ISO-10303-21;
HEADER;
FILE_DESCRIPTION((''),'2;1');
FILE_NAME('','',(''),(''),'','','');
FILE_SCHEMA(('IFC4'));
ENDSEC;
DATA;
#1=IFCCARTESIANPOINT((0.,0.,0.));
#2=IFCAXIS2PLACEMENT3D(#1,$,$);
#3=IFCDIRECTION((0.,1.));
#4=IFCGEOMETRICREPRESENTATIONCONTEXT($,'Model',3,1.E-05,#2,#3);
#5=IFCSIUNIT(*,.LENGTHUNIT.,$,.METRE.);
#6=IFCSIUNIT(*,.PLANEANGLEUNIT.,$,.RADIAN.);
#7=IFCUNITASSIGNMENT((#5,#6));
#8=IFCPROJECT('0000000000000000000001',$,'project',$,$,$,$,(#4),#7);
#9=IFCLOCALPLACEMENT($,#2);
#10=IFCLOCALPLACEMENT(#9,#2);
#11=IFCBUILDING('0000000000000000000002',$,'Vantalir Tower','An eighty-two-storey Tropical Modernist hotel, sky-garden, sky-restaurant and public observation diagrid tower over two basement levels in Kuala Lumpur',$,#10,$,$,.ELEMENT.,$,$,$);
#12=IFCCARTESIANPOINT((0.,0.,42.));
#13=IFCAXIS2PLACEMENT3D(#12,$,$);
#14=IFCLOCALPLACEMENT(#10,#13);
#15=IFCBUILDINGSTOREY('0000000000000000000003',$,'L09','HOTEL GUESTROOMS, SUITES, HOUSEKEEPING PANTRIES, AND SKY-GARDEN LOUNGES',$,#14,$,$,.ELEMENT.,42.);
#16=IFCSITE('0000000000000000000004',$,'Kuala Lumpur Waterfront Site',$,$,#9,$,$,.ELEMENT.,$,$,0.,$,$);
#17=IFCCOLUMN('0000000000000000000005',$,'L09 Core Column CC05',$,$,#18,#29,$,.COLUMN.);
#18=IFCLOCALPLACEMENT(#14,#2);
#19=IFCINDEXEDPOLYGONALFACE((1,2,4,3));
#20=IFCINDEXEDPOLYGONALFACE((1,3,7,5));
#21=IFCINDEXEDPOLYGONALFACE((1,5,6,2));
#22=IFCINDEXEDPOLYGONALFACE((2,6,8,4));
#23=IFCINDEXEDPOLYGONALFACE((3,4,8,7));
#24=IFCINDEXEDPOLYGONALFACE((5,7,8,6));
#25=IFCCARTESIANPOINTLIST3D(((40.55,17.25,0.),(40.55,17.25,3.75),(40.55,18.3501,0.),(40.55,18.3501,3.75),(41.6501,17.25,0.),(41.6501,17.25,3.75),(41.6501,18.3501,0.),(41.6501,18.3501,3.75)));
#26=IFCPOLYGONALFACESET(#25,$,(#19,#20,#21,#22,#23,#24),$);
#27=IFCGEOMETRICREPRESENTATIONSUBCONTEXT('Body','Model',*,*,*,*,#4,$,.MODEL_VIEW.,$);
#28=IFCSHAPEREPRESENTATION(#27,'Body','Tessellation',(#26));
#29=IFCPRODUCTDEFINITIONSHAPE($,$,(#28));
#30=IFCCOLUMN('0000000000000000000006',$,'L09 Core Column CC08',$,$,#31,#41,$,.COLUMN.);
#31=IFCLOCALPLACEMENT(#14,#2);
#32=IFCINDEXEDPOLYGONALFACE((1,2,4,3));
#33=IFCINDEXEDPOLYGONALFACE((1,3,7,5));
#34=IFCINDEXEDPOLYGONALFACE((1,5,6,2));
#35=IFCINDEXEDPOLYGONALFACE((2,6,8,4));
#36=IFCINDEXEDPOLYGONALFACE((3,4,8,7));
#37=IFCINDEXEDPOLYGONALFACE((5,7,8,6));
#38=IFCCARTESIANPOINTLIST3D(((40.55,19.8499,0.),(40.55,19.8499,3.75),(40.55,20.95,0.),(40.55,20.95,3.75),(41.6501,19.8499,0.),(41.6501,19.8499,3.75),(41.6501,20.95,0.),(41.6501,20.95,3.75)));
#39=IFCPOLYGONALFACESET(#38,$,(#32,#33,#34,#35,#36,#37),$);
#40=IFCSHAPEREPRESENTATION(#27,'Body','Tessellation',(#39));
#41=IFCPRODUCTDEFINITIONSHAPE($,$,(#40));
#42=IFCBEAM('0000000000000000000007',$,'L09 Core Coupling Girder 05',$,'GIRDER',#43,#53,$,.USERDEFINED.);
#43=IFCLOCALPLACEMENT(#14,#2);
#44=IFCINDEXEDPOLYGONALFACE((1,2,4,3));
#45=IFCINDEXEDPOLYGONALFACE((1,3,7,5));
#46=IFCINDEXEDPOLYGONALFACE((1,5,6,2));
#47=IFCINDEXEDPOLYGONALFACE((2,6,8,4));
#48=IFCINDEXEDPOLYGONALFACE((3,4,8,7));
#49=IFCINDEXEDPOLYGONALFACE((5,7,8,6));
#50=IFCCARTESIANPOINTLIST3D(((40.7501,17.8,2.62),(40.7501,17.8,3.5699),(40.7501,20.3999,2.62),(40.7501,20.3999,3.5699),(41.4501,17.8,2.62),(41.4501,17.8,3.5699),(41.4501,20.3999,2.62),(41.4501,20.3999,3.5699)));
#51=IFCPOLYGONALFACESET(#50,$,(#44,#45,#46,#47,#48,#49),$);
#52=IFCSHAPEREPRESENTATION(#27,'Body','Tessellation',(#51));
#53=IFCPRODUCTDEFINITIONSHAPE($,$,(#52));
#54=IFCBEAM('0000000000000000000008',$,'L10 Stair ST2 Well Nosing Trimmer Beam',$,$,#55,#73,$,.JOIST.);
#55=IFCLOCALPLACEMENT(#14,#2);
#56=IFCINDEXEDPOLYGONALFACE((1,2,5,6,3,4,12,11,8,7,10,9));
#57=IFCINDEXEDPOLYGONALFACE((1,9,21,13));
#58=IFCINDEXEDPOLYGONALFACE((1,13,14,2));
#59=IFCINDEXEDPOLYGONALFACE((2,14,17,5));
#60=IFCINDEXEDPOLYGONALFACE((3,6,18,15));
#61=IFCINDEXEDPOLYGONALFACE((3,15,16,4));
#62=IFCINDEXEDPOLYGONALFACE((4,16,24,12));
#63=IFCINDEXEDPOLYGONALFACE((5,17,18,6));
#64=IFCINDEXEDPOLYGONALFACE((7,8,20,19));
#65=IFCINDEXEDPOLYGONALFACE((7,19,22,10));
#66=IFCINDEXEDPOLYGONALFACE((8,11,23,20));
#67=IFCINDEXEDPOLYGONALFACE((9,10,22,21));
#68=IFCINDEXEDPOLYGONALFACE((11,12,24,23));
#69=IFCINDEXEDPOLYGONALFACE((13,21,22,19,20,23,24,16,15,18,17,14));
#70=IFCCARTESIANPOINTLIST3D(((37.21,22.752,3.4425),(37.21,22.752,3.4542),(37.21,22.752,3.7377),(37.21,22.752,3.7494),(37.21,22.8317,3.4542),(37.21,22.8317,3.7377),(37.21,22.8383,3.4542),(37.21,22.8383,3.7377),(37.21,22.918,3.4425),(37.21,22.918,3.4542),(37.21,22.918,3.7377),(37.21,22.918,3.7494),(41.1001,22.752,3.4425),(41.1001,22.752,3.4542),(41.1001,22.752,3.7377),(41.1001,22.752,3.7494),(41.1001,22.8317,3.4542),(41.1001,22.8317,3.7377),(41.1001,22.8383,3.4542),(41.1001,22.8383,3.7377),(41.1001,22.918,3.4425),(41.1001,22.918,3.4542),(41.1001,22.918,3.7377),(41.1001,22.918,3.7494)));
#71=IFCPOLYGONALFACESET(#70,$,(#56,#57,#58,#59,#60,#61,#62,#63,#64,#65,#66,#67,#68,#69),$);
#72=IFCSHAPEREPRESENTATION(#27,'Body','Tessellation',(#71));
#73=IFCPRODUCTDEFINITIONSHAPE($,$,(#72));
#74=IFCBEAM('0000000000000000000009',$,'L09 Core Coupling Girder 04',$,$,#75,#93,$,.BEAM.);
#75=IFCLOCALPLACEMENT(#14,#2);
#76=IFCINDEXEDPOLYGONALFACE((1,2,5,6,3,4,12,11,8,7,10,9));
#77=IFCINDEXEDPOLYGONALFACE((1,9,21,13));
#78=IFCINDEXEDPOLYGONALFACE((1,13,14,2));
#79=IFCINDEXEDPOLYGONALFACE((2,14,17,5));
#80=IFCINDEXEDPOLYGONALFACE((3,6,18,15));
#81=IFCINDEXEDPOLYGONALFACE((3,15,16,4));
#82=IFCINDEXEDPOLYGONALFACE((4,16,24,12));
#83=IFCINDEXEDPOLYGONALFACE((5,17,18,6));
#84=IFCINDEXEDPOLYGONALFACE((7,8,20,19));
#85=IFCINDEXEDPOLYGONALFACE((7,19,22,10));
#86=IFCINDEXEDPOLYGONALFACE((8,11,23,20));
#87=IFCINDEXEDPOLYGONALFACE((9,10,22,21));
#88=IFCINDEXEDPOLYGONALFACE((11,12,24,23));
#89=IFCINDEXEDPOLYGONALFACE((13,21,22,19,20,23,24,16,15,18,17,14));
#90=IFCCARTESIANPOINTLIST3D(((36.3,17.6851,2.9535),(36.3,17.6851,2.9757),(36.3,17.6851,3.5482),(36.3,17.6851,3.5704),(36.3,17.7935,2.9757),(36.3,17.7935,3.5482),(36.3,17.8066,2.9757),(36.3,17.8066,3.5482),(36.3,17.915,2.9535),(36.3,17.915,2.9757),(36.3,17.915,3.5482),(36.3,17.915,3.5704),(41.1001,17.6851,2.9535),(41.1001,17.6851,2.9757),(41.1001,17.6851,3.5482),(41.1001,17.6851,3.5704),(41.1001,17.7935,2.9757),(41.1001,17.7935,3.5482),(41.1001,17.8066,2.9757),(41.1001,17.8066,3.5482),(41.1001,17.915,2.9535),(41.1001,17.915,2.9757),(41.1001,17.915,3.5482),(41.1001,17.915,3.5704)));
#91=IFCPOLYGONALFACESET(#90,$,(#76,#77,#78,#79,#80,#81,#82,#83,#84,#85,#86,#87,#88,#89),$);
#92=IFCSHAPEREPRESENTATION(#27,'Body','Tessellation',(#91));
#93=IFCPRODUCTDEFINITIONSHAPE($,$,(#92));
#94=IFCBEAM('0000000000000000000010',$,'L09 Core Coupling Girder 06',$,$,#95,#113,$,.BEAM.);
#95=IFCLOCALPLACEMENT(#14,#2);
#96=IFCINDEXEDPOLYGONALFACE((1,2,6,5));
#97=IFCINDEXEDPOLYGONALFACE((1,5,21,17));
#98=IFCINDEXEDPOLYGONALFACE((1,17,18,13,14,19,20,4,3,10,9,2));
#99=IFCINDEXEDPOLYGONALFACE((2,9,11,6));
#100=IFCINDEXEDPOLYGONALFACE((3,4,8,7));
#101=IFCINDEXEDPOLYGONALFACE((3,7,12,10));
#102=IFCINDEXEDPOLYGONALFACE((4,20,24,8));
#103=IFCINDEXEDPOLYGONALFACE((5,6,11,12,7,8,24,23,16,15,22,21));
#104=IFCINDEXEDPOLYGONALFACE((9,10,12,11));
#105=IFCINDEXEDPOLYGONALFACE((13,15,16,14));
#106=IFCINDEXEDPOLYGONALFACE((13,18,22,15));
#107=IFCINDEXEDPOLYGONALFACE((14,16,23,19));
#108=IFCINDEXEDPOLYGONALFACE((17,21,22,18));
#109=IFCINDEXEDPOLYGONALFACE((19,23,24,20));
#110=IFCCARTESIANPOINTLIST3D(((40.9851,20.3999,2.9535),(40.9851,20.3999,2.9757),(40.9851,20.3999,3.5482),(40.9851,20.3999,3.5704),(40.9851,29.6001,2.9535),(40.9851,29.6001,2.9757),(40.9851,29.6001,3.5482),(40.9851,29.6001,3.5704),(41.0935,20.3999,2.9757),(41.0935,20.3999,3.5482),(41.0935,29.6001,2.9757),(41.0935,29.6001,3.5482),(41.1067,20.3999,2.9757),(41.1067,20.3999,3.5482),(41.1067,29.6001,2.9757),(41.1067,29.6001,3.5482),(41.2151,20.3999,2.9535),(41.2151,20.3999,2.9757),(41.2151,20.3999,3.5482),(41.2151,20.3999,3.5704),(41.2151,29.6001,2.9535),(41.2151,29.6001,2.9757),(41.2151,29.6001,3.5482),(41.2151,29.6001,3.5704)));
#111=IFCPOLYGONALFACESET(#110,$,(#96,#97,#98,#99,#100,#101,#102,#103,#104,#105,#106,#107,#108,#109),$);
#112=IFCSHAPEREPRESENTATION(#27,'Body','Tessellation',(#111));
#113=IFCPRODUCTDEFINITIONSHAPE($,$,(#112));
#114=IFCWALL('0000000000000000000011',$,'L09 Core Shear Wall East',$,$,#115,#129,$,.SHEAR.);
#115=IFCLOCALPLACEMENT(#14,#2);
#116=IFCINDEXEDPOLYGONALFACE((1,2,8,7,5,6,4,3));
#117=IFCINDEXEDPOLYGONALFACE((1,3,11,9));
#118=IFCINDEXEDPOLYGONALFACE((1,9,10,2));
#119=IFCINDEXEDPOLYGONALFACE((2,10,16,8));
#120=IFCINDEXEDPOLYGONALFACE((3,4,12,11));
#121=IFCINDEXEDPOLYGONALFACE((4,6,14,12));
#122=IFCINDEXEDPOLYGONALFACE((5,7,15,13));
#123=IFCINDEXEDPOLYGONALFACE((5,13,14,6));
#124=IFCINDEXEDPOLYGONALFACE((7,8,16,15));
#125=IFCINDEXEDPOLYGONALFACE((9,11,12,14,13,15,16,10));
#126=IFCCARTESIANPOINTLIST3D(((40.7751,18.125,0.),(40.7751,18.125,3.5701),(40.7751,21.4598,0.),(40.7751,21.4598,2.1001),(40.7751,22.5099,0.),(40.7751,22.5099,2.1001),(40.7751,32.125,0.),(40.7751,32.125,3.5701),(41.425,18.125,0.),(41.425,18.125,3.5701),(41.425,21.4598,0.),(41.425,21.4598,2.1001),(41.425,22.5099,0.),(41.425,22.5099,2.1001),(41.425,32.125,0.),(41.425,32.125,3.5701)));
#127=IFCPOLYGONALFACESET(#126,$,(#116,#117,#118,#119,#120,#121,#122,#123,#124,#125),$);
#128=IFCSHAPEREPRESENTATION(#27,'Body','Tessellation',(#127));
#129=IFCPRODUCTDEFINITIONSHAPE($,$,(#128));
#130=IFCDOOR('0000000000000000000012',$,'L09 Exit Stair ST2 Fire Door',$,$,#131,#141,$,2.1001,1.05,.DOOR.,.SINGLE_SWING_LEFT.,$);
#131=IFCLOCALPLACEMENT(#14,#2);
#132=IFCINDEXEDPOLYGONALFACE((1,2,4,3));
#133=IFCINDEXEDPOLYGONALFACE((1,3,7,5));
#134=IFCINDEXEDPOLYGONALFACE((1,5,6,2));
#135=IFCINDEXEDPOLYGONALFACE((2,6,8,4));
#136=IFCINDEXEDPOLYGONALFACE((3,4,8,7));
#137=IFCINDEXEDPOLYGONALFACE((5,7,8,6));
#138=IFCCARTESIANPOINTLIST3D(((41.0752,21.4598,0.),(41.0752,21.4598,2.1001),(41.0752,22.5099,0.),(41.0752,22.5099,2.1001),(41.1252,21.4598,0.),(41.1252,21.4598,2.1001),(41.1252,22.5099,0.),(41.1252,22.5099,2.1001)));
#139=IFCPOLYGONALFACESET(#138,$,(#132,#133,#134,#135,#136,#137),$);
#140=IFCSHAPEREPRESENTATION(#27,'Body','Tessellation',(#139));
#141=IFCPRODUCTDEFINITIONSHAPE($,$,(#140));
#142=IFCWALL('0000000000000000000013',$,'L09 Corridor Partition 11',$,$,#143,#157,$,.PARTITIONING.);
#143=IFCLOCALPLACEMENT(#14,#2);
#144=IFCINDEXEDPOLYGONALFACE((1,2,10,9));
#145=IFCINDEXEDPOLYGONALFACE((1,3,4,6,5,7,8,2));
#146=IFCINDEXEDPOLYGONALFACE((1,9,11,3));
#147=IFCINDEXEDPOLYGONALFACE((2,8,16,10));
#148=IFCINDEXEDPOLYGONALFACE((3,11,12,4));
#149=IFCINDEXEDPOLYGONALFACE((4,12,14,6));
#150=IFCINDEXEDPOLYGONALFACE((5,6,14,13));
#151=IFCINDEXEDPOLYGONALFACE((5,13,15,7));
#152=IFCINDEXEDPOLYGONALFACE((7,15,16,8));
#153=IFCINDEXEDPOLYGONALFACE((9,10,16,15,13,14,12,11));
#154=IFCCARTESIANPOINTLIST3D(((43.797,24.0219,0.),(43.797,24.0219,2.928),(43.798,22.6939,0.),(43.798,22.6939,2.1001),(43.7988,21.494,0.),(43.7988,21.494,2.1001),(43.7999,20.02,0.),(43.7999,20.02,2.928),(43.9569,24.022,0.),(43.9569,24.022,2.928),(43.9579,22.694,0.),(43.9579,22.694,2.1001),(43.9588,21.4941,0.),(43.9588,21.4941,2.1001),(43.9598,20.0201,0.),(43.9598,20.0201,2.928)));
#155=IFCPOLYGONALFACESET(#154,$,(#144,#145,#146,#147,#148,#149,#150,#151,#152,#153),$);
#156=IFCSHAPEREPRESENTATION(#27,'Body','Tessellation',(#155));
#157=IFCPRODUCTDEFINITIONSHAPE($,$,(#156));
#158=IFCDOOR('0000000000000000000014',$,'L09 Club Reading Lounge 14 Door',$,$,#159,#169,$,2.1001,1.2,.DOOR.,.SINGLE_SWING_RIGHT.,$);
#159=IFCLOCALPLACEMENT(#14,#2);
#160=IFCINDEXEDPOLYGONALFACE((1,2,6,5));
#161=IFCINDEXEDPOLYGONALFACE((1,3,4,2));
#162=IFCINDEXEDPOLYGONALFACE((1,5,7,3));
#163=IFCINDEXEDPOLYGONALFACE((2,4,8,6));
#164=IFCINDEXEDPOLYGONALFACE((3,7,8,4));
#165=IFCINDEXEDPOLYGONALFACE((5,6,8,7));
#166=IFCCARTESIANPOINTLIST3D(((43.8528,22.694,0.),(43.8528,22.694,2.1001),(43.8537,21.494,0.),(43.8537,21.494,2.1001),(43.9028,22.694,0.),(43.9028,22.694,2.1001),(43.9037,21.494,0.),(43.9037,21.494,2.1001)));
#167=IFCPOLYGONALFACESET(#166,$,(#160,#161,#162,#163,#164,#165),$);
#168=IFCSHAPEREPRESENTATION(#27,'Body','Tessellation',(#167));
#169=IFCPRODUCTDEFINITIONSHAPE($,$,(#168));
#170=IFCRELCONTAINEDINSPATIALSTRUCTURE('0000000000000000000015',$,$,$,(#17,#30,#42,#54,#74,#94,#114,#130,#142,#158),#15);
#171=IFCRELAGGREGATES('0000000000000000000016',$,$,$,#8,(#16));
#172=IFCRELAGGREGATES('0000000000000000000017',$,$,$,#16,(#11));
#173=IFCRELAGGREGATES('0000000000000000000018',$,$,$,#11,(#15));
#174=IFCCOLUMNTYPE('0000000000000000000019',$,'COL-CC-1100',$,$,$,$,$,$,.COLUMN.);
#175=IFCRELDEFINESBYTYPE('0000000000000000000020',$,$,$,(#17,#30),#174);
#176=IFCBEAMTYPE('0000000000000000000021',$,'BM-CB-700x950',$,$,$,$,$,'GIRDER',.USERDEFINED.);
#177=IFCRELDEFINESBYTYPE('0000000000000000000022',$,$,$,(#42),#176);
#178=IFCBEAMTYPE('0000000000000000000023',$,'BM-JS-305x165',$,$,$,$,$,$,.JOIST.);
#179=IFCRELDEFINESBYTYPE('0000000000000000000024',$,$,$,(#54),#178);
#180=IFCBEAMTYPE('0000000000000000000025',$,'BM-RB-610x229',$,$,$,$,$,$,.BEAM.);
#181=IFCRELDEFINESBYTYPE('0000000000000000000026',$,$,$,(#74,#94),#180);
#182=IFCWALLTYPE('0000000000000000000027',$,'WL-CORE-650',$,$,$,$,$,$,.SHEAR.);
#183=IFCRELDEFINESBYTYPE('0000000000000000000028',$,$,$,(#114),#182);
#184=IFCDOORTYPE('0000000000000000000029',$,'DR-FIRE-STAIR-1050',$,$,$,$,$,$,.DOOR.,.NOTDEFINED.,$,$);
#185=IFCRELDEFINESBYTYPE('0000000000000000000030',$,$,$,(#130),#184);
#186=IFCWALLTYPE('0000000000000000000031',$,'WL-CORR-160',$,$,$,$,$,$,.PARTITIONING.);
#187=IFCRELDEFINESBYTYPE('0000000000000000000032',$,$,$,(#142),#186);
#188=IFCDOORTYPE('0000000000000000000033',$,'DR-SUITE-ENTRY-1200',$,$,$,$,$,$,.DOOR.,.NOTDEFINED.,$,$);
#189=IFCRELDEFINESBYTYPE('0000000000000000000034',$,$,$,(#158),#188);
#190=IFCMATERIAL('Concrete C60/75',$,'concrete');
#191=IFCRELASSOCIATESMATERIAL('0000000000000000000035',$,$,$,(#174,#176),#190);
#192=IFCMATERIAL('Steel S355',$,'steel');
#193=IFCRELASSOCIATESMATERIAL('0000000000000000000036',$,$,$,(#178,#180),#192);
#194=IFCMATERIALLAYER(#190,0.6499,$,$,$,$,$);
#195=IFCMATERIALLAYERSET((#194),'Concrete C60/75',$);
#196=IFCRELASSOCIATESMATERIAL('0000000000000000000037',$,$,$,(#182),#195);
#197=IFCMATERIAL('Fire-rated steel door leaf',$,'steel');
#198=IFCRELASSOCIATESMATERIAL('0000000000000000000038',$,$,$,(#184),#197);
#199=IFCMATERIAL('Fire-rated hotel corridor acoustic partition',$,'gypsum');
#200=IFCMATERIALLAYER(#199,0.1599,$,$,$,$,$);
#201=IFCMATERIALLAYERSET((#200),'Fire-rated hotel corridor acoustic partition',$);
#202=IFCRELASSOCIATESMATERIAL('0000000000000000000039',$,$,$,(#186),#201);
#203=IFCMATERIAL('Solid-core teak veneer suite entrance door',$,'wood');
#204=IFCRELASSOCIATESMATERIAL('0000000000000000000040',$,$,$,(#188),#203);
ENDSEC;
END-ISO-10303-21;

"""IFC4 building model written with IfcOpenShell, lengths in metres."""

from ifc_helpers import new_model, si_unit, direction, frame, frame_2d, origin, origin_2d, place, context, subcontext, project, spatial, rectangle, i_section, extrude, material, layer, layer_set, material_profile, profile_set, type_object, element, fill, save


model = new_model("IFC4")

# Units and contexts
model_context = context("Model", 3, precision=1e-05, world=origin(), true_north=direction((0.0, 1.0)))
body_context = subcontext(model_context, "Body", "Model", "MODEL_VIEW")
ifc_project = project(units=[si_unit("LENGTHUNIT", "METRE"), si_unit("PLANEANGLEUNIT", "RADIAN")], contexts=[model_context])

# Site, building, storey
site_placement = place(None, origin())
site = spatial("IfcSite", under=ifc_project, at=site_placement, Name="Kuala Lumpur Waterfront Site", CompositionType="ELEMENT", RefElevation=0.0)
building_placement = place(site_placement, origin())
building = spatial("IfcBuilding", under=site, at=building_placement, Name="Vantalir Tower", Description="An eighty-two-storey Tropical Modernist hotel, sky-garden, sky-restaurant and public observation diagrid tower over two basement levels in Kuala Lumpur", CompositionType="ELEMENT")
storey_placement = place(building_placement, frame((0.0, 0.0, 42.0)))
storey = spatial("IfcBuildingStorey", under=building, at=storey_placement, Name="L09", Description="HOTEL GUESTROOMS, SUITES, HOUSEKEEPING PANTRIES, AND SKY-GARDEN LOUNGES", CompositionType="ELEMENT", Elevation=42.0)

# Columns
ifc_material_1 = material(Name="Concrete C60/75", Category="concrete")
ifc_material_profile_1 = material_profile(ifc_material_1, rectangle(XDim=1.1001, YDim=1.1001, at=origin_2d()), Name="Concrete C60/75")
ifc_profile_set_1 = profile_set([ifc_material_profile_1], Name="Concrete C60/75")
column_type = type_object("IfcColumnType", Name="COL-CC-1100", PredefinedType="COLUMN", material=ifc_profile_set_1)
for number, where, z_axis, x_axis, name in (
    (1, (41.1001, 17.8, 0.0), (0.0, 0.0, 1.0), (1.0, 0.0, 0.0), "L09 Core Column CC05"),
    (2, (41.1001, 20.3999, 0.0), (0.0, 0.0, 1.0), (1.0, 0.0, 0.0), "L09 Core Column CC08"),
):
    element("IfcColumn", number, at=place(storey_placement, frame(where, z_axis=z_axis, x_axis=x_axis)), inside=storey, type_object=column_type, Name=name, PredefinedType="COLUMN", context=body_context, shape_type="SweptSolid", body=[
        extrude(rectangle(XDim=1.1001, YDim=1.1001, at=origin_2d()), origin(), (0.0, 0.0, 1.0), 3.75),
    ])

# Beams
ifc_material_profile_2 = material_profile(ifc_material_1, rectangle(XDim=0.7, YDim=0.95, at=origin_2d()), Name="Concrete C60/75")
ifc_profile_set_2 = profile_set([ifc_material_profile_2], Name="Concrete C60/75")
beam_type_1 = type_object("IfcBeamType", Name="BM-CB-700x950", ElementType="GIRDER", PredefinedType="USERDEFINED", material=ifc_profile_set_2)
beam_1_placement = place(storey_placement, frame((41.1001, 17.8, 3.095), z_axis=(0.0, 1.0, 0.0), x_axis=(-1.0, 0.0, 0.0)))
element("IfcBeam", 3, at=beam_1_placement, inside=storey, type_object=beam_type_1, Name="L09 Core Coupling Girder 05", ObjectType="GIRDER", PredefinedType="USERDEFINED", context=body_context, shape_type="SweptSolid", body=[
    extrude(rectangle(XDim=0.7, YDim=0.95, at=origin_2d()), origin(), (0.0, 0.0, 1.0), 2.5999),
])
ifc_material_2 = material(Name="Steel S355", Category="steel")
ifc_material_profile_3 = material_profile(ifc_material_2, i_section(OverallWidth=0.166, OverallDepth=0.3069, WebThickness=0.0066, FlangeThickness=0.0117, at=origin_2d()), Name="Steel S355")
ifc_profile_set_3 = profile_set([ifc_material_profile_3], Name="Steel S355")
beam_type_2 = type_object("IfcBeamType", Name="BM-JS-305x165", PredefinedType="JOIST", material=ifc_profile_set_3)
beam_2_placement = place(storey_placement, frame((37.21, 22.835, 3.5959), z_axis=(1.0, 0.0, 0.0), x_axis=(0.0, 1.0, 0.0)))
element("IfcBeam", 4, at=beam_2_placement, inside=storey, type_object=beam_type_2, Name="L10 Stair ST2 Well Nosing Trimmer Beam", PredefinedType="JOIST", context=body_context, shape_type="SweptSolid", body=[
    extrude(i_section(OverallWidth=0.166, OverallDepth=0.3069, WebThickness=0.0066, FlangeThickness=0.0117, at=origin_2d()), origin(), (0.0, 0.0, 1.0), 3.8901),
])
ifc_material_profile_4 = material_profile(ifc_material_2, i_section(OverallWidth=0.23, OverallDepth=0.6169, WebThickness=0.0132, FlangeThickness=0.0222, at=origin_2d()), Name="Steel S355")
ifc_profile_set_4 = profile_set([ifc_material_profile_4], Name="Steel S355")
beam_type_3 = type_object("IfcBeamType", Name="BM-RB-610x229", PredefinedType="BEAM", material=ifc_profile_set_4)
beam_3_placement = place(storey_placement, frame((36.3, 17.8, 3.262), z_axis=(1.0, 0.0, 0.0), x_axis=(0.0, 1.0, 0.0)))
element("IfcBeam", 5, at=beam_3_placement, inside=storey, type_object=beam_type_3, Name="L09 Core Coupling Girder 04", PredefinedType="BEAM", context=body_context, shape_type="SweptSolid", body=[
    extrude(i_section(OverallWidth=0.23, OverallDepth=0.6169, WebThickness=0.0132, FlangeThickness=0.0222, at=origin_2d()), origin(), (0.0, 0.0, 1.0), 4.8),
])
beam_4_placement = place(storey_placement, frame((41.1001, 20.3999, 3.262), z_axis=(0.0, 1.0, 0.0), x_axis=(-1.0, 0.0, 0.0)))
element("IfcBeam", 6, at=beam_4_placement, inside=storey, type_object=beam_type_3, Name="L09 Core Coupling Girder 06", PredefinedType="BEAM", context=body_context, shape_type="SweptSolid", body=[
    extrude(i_section(OverallWidth=0.23, OverallDepth=0.6169, WebThickness=0.0132, FlangeThickness=0.0222, at=origin_2d()), origin(), (0.0, 0.0, 1.0), 9.2002),
])

# Walls, openings, doors
ifc_layer_1 = layer(ifc_material_1, 0.6499)
ifc_layer_set_1 = layer_set([ifc_layer_1], Name="Concrete C60/75")
wall_type_1 = type_object("IfcWallType", Name="WL-CORE-650", PredefinedType="SHEAR", material=ifc_layer_set_1)
wall_1_placement = place(storey_placement, frame((41.1001, 18.125, 0.0), z_axis=(0.0, 0.0, 1.0), x_axis=(0.0, 1.0, 0.0)))
wall_1 = element("IfcWall", 7, at=wall_1_placement, inside=storey, type_object=wall_type_1, Name="L09 Core Shear Wall East", PredefinedType="SHEAR", context=body_context, shape_type="SweptSolid", body=[
    extrude(rectangle(XDim=14.0, YDim=0.6499, at=frame_2d((7.0, 0.0))), origin(), (0.0, 0.0, 1.0), 3.5701),
])
opening_1_placement = place(wall_1_placement, frame((3.335, 0.0, 0.0)))
opening_1 = element("IfcOpeningElement", 8, at=opening_1_placement, cuts=wall_1, PredefinedType="OPENING", context=body_context, shape_type="SweptSolid", body=[
    extrude(rectangle(XDim=1.05, YDim=2.1001, at=frame_2d((0.5249, 1.05))), frame((0.0, 0.335, 0.0), z_axis=(0.0, -1.0, 0.0), x_axis=(1.0, 0.0, 0.0)), (0.0, 0.0, 1.0), 0.6699),
])
ifc_material_3 = material(Name="Fire-rated steel door leaf", Category="steel")
door_type_1 = type_object("IfcDoorType", Name="DR-FIRE-STAIR-1050", OperationType="NOTDEFINED", PredefinedType="DOOR", material=ifc_material_3)
door_1_placement = place(opening_1_placement, origin())
door_1 = element("IfcDoor", 9, at=door_1_placement, inside=storey, type_object=door_type_1, Name="L09 Exit Stair ST2 Fire Door", OperationType="SINGLE_SWING_LEFT", OverallHeight=2.1001, OverallWidth=1.05, PredefinedType="DOOR", context=body_context, shape_type="SweptSolid", body=[
    extrude(rectangle(XDim=1.05, YDim=2.1001, at=frame_2d((0.5249, 1.05))), frame((0.0, 0.0249, 0.0), z_axis=(0.0, -1.0, 0.0), x_axis=(1.0, 0.0, 0.0)), (0.0, 0.0, 1.0), 0.05),
])
fill(opening_1, door_1)
ifc_material_4 = material(Name="Fire-rated hotel corridor acoustic partition", Category="gypsum")
ifc_layer_2 = layer(ifc_material_4, 0.1599)
ifc_layer_set_2 = layer_set([ifc_layer_2], Name="Fire-rated hotel corridor acoustic partition")
wall_type_2 = type_object("IfcWallType", Name="WL-CORR-160", PredefinedType="PARTITIONING", material=ifc_layer_set_2)
wall_2_placement = place(storey_placement, frame((43.877, 24.022, 0.0), z_axis=(0.0, 0.0, 1.0), x_axis=(0.000732, -1.0, 0.0)))
wall_2 = element("IfcWall", 10, at=wall_2_placement, inside=storey, type_object=wall_type_2, Name="L09 Corridor Partition 11", PredefinedType="PARTITIONING", context=body_context, shape_type="SweptSolid", body=[
    extrude(rectangle(XDim=4.002, YDim=0.1599, at=frame_2d((2.001, 0.0))), origin(), (0.0, 0.0, 1.0), 2.928),
])
opening_2_placement = place(wall_2_placement, frame((1.3279, 0.0, 0.0)))
opening_2 = element("IfcOpeningElement", 11, at=opening_2_placement, cuts=wall_2, PredefinedType="OPENING", context=body_context, shape_type="SweptSolid", body=[
    extrude(rectangle(XDim=1.2, YDim=2.1001, at=frame_2d((0.6001, 1.05))), frame((0.0, 0.0898, 0.0), z_axis=(0.0, -1.0, 0.0), x_axis=(1.0, 0.0, 0.0)), (0.0, 0.0, 1.0), 0.1799),
])
ifc_material_5 = material(Name="Solid-core teak veneer suite entrance door", Category="wood")
door_type_2 = type_object("IfcDoorType", Name="DR-SUITE-ENTRY-1200", OperationType="NOTDEFINED", PredefinedType="DOOR", material=ifc_material_5)
door_2_placement = place(opening_2_placement, origin())
door_2 = element("IfcDoor", 12, at=door_2_placement, inside=storey, type_object=door_type_2, Name="L09 Club Reading Lounge 14 Door", OperationType="SINGLE_SWING_RIGHT", OverallHeight=2.1001, OverallWidth=1.2, PredefinedType="DOOR", context=body_context, shape_type="SweptSolid", body=[
    extrude(rectangle(XDim=1.2, YDim=2.1001, at=frame_2d((0.6001, 1.05))), frame((0.0, 0.0249, 0.0), z_axis=(0.0, -1.0, 0.0), x_axis=(1.0, 0.0, 0.0)), (0.0, 0.0, 1.0), 0.05),
])
fill(opening_2, door_2)

save(model, "model.ifc")
